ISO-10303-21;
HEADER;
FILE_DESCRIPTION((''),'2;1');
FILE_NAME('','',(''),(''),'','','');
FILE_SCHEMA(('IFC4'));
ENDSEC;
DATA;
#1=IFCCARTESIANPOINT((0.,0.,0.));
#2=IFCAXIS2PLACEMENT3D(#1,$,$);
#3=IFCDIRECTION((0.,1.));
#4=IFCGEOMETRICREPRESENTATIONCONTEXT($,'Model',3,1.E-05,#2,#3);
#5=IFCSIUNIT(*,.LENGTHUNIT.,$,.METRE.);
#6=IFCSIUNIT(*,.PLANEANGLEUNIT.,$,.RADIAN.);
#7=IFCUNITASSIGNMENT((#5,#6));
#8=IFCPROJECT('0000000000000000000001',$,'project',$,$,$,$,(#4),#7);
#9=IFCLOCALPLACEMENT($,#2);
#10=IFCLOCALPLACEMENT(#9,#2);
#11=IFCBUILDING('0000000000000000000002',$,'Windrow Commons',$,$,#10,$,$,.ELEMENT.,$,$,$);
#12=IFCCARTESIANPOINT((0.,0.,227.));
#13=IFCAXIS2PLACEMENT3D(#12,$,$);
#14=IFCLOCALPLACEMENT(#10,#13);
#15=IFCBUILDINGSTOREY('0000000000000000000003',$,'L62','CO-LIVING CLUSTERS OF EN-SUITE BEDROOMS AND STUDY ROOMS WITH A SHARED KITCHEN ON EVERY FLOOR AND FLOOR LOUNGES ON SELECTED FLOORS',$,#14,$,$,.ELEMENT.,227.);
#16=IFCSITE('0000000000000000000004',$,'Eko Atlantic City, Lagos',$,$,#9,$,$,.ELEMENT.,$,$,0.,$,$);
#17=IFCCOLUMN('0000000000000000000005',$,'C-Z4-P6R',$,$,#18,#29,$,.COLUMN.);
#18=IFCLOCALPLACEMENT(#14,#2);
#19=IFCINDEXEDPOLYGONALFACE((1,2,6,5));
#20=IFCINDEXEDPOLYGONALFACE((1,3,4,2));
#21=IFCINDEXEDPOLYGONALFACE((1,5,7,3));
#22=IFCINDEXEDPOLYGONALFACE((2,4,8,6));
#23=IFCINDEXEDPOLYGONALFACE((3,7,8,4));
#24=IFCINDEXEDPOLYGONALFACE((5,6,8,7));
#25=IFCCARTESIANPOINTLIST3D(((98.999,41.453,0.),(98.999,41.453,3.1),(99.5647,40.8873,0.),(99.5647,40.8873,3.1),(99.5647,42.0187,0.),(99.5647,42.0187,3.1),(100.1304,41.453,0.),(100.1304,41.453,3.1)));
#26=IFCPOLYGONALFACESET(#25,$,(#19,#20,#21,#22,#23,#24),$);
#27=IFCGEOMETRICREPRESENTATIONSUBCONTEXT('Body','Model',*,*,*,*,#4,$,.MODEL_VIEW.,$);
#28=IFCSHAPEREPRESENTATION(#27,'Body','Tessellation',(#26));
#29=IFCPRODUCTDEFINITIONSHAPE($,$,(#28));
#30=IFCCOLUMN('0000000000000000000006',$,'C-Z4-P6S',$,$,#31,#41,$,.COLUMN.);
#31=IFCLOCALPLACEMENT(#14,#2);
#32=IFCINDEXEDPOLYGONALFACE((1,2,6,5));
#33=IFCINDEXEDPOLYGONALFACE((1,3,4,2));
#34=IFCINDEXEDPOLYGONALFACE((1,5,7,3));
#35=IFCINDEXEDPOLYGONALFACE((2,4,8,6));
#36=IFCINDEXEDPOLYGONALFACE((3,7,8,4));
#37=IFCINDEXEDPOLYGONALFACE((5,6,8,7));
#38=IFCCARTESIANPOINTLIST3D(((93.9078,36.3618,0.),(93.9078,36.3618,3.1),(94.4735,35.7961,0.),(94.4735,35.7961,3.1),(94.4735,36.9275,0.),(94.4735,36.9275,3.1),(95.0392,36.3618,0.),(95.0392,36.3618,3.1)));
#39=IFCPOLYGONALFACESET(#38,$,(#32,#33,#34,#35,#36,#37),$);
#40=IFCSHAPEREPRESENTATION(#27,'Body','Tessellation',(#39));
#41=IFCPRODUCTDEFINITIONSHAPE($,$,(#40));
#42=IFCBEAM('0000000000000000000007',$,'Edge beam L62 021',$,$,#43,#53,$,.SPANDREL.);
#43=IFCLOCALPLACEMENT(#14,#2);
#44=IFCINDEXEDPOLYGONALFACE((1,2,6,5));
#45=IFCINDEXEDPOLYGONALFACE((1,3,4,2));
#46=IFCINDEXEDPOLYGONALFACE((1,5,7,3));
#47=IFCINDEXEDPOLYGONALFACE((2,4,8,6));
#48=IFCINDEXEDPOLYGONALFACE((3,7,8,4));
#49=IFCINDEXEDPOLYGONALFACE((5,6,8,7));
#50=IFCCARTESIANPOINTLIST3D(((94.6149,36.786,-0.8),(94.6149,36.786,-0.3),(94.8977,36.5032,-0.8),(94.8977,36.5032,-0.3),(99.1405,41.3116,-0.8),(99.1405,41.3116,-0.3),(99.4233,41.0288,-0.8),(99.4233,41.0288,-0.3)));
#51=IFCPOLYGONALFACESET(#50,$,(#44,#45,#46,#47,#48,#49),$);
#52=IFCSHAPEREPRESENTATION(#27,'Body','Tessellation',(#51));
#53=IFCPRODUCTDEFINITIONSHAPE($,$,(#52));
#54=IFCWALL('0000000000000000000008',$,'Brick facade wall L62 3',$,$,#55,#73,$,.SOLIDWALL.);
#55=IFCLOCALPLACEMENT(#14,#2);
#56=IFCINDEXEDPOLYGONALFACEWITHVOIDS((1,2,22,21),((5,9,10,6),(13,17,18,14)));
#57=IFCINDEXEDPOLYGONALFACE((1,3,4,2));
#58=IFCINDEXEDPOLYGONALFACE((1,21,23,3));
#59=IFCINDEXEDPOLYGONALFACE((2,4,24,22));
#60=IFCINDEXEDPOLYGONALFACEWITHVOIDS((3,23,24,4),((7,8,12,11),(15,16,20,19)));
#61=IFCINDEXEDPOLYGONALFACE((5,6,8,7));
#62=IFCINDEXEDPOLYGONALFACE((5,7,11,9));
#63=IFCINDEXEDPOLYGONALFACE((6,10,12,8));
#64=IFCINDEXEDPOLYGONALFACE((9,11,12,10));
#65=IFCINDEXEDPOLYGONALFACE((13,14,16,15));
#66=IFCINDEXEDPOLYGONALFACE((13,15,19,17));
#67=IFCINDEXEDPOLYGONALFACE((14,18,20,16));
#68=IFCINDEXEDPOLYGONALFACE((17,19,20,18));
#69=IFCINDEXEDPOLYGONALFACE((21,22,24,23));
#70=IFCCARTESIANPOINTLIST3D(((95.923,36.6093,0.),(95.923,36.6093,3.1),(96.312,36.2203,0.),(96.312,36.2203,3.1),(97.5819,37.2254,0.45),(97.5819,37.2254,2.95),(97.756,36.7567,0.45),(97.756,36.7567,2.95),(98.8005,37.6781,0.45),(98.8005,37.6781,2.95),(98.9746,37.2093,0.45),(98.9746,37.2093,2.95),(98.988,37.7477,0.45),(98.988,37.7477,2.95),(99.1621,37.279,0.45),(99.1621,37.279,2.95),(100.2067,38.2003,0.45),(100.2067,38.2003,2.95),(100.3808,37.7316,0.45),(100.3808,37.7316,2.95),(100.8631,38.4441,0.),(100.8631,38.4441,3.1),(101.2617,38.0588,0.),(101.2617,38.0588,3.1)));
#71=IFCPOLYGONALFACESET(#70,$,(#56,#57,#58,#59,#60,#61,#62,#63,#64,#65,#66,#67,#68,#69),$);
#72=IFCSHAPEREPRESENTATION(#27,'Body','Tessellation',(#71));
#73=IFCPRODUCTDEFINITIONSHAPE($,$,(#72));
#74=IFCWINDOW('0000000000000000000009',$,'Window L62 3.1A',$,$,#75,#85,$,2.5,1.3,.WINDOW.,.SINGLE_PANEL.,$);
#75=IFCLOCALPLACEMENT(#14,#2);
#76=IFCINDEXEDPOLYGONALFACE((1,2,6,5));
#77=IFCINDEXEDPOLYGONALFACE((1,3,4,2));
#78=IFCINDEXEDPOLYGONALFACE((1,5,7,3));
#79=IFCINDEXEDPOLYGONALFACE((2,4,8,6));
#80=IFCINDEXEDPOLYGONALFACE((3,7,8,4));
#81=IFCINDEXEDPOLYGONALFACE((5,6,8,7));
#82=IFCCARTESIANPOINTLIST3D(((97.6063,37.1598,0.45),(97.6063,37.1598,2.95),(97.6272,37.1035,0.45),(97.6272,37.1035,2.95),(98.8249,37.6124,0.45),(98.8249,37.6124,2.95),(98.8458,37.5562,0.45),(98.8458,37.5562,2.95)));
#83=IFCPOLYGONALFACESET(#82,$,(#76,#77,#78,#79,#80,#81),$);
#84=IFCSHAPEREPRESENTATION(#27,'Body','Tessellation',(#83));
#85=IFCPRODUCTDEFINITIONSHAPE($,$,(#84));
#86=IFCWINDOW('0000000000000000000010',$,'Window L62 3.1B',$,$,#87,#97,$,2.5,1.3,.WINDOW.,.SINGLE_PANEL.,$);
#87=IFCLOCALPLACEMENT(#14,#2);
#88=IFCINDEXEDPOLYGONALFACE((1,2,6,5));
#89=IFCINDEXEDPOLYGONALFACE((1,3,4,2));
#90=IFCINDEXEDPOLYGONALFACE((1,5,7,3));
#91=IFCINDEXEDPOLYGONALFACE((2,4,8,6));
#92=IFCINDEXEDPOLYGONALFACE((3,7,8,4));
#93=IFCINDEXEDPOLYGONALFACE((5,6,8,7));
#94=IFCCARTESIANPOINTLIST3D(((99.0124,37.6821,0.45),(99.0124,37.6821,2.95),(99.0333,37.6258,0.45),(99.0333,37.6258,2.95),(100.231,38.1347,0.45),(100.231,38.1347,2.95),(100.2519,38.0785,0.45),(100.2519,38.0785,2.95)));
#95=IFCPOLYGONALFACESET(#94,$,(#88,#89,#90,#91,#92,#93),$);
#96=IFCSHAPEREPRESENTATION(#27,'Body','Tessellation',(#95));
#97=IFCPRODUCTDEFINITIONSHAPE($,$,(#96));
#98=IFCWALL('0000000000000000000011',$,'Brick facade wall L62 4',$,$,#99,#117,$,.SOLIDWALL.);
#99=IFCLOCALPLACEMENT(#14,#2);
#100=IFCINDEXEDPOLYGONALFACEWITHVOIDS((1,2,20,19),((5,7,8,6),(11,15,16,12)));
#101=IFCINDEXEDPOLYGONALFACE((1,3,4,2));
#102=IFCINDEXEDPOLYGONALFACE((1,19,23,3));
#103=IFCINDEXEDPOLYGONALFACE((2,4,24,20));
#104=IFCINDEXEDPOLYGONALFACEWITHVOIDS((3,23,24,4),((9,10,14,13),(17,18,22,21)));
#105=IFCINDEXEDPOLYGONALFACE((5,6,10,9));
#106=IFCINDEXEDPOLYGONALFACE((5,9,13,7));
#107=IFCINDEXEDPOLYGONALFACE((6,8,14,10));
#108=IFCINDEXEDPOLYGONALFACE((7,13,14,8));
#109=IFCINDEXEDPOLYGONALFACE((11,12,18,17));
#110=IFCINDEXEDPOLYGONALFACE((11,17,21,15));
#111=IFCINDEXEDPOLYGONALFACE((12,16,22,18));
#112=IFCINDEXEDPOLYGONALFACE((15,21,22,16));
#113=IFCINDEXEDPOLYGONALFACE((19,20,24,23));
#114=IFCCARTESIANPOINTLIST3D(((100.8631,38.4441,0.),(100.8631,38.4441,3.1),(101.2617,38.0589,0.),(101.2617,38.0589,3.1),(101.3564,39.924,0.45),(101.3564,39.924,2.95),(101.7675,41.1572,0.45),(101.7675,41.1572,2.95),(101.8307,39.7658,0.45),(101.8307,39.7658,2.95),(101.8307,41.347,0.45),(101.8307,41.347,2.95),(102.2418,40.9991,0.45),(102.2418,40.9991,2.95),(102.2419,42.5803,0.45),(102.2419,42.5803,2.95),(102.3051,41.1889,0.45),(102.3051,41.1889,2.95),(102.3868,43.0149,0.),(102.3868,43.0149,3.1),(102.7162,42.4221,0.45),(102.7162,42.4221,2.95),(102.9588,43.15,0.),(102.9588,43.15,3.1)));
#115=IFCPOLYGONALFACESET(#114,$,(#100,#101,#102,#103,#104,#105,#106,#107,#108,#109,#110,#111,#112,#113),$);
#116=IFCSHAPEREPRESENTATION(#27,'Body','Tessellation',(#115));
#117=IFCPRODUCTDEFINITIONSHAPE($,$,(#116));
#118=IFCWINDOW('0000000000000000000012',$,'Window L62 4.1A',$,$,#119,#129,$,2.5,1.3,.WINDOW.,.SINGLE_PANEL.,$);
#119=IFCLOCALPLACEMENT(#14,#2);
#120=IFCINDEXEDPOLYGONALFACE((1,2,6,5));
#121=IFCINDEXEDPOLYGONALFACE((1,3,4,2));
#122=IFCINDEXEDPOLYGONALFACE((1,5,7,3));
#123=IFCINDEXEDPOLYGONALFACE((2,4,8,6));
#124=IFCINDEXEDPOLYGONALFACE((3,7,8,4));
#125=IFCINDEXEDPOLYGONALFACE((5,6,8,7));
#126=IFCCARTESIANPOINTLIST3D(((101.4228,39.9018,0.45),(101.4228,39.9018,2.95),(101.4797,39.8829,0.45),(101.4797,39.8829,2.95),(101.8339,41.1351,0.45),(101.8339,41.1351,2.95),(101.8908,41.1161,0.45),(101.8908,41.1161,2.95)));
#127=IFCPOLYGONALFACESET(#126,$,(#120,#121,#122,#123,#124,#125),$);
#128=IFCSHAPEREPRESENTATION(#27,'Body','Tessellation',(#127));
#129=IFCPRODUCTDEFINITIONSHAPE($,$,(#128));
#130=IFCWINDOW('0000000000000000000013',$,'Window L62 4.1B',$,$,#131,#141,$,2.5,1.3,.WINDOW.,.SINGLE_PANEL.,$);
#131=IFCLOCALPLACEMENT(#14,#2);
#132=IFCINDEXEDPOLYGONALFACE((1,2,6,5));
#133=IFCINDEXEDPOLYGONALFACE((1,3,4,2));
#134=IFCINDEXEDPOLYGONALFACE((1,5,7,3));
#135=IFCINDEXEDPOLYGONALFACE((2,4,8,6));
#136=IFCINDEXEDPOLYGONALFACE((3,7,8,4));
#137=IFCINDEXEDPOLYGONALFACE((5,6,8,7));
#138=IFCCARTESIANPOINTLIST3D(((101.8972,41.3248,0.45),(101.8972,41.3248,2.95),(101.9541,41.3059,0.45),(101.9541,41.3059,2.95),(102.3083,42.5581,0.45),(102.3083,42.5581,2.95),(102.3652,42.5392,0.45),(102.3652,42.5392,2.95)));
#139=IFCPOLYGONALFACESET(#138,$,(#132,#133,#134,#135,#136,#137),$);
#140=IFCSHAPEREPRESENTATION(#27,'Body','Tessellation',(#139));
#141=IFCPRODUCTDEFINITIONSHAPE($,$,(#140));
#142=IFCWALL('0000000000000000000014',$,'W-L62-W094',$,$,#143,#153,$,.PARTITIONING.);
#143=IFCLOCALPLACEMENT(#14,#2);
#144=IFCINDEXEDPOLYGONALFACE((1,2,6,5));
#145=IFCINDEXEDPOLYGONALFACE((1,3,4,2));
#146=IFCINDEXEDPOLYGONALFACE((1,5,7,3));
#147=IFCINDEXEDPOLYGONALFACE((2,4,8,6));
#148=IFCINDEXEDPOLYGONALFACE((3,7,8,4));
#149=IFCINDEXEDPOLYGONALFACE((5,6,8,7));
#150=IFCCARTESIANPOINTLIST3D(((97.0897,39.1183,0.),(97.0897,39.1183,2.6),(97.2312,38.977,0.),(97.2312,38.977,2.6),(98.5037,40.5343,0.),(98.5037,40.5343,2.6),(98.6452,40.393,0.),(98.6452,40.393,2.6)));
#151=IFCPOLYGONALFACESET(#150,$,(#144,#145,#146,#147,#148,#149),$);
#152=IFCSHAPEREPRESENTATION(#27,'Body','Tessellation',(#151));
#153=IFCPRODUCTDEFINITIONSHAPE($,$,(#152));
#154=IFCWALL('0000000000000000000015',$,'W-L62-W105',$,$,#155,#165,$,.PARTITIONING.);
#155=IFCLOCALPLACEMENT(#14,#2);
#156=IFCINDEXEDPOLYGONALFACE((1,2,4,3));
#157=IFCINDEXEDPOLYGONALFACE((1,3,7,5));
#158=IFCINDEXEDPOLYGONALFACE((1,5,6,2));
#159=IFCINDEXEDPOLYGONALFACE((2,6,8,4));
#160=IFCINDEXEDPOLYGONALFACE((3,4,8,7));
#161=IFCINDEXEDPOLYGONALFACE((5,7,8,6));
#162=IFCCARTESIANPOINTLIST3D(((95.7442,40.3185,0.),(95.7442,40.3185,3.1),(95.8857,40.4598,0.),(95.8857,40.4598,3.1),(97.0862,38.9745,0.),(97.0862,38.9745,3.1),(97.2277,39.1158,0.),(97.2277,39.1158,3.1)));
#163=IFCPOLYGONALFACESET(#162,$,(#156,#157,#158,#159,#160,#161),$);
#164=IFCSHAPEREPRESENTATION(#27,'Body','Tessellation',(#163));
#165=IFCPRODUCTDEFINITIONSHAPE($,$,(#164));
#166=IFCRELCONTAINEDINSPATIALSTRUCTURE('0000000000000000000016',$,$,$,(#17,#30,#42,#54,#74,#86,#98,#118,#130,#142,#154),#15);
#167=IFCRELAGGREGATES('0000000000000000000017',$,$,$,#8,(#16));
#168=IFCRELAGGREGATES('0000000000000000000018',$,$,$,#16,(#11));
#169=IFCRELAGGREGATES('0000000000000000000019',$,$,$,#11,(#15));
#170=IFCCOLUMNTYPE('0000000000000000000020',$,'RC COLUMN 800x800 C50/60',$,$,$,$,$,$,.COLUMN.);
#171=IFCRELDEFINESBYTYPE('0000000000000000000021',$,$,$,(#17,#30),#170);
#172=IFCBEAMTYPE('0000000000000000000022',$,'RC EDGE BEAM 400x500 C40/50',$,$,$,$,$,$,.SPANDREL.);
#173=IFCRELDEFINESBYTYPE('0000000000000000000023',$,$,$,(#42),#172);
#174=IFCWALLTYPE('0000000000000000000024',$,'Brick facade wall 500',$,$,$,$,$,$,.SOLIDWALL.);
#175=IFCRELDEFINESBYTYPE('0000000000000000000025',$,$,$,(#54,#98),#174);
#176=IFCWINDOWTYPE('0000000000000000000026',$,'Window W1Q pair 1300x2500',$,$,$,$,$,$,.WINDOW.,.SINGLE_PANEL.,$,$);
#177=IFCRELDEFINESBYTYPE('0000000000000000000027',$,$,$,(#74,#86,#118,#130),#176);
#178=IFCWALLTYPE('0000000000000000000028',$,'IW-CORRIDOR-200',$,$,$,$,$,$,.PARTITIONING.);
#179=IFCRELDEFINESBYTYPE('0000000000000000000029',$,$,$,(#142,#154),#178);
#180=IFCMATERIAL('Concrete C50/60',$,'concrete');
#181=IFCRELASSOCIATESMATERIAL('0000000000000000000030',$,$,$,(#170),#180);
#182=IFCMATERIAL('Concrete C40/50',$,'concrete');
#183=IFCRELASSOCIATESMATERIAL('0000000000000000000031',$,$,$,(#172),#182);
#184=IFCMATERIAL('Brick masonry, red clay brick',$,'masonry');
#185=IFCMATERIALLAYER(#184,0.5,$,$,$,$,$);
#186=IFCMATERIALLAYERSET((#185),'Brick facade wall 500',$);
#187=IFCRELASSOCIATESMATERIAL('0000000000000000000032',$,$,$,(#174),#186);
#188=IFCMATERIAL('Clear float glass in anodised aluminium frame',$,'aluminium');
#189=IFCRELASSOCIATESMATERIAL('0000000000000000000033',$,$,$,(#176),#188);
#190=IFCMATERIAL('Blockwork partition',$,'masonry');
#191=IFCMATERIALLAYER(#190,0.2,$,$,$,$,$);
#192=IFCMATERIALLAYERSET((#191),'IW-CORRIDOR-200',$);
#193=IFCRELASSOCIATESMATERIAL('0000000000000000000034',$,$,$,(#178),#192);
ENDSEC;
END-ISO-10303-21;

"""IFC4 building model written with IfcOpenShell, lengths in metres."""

from ifc_helpers import new_model, si_unit, direction, frame, frame_2d, origin, origin_2d, place, context, subcontext, project, spatial, polyline, rectangle, outline, extrude, material, layer, layer_set, material_profile, profile_set, type_object, element, fill, save


model = new_model("IFC4")

# Units and contexts
model_context = context("Model", 3, precision=1e-05, world=origin(), true_north=direction((0.0, 1.0)))
body_context = subcontext(model_context, "Body", "Model", "MODEL_VIEW")
ifc_project = project(units=[si_unit("LENGTHUNIT", "METRE"), si_unit("PLANEANGLEUNIT", "RADIAN")], contexts=[model_context])

# Site, building, storey
site_placement = place(None, origin())
site = spatial("IfcSite", under=ifc_project, at=site_placement, Name="Eko Atlantic City, Lagos", CompositionType="ELEMENT", RefElevation=0.0)
building_placement = place(site_placement, origin())
building = spatial("IfcBuilding", under=site, at=building_placement, Name="Windrow Commons", CompositionType="ELEMENT")
storey_placement = place(building_placement, frame((0.0, 0.0, 227.0)))
storey = spatial("IfcBuildingStorey", under=building, at=storey_placement, Name="L62", Description="CO-LIVING CLUSTERS OF EN-SUITE BEDROOMS AND STUDY ROOMS WITH A SHARED KITCHEN ON EVERY FLOOR AND FLOOR LOUNGES ON SELECTED FLOORS", CompositionType="ELEMENT", Elevation=227.0)

# Columns
ifc_material_1 = material(Name="Concrete C50/60", Category="concrete")
ifc_material_profile_1 = material_profile(ifc_material_1, rectangle(XDim=0.8, YDim=0.8, at=origin_2d()))
ifc_profile_set_1 = profile_set([ifc_material_profile_1], Name="Concrete C50/60")
column_type = type_object("IfcColumnType", Name="RC COLUMN 800x800 C50/60", PredefinedType="COLUMN", material=ifc_profile_set_1)
for number, where, z_axis, x_axis, name in (
    (1, (99.5647, 41.453, 0.0), (0.0, 0.0, 1.0), (0.707107, -0.707107, 0.0), "C-Z4-P6R"),
    (2, (94.4735, 36.3618, 0.0), (0.0, 0.0, 1.0), (0.707107, -0.707107, 0.0), "C-Z4-P6S"),
):
    element("IfcColumn", number, at=place(storey_placement, frame(where, z_axis=z_axis, x_axis=x_axis)), inside=storey, type_object=column_type, Name=name, PredefinedType="COLUMN", context=body_context, shape_type="SweptSolid", body=[
        extrude(rectangle(XDim=0.8, YDim=0.8, at=origin_2d()), origin(), (0.0, 0.0, 1.0), 3.1),
    ])

# Beam
ifc_material_2 = material(Name="Concrete C40/50", Category="concrete")
ifc_material_profile_2 = material_profile(ifc_material_2, rectangle(XDim=0.4, YDim=0.5, at=origin_2d()))
ifc_profile_set_2 = profile_set([ifc_material_profile_2], Name="Concrete C40/50")
beam_type = type_object("IfcBeamType", Name="RC EDGE BEAM 400x500 C40/50", PredefinedType="SPANDREL", material=ifc_profile_set_2)
beam_placement = place(storey_placement, frame((99.2819, 41.1702, -0.55), z_axis=(-0.707107, -0.707107, 0.0), x_axis=(0.707107, -0.707107, 0.0)))
element("IfcBeam", 3, at=beam_placement, inside=storey, type_object=beam_type, Name="Edge beam L62 021", PredefinedType="SPANDREL", context=body_context, shape_type="SweptSolid", body=[
    extrude(rectangle(XDim=0.4, YDim=0.5, at=origin_2d()), origin(), (0.0, 0.0, 1.0), 6.4002),
])

# Walls, openings, windows
ifc_material_3 = material(Name="Brick masonry, red clay brick", Category="masonry")
ifc_layer_1 = layer(ifc_material_3, 0.5)
ifc_layer_set_1 = layer_set([ifc_layer_1], Name="Brick facade wall 500")
wall_type_1 = type_object("IfcWallType", Name="Brick facade wall 500", PredefinedType="SOLIDWALL", material=ifc_layer_set_1)
wall_1_placement = place(storey_placement, frame((96.1175, 36.4148, 0.0), z_axis=(0.0, 0.0, 1.0), x_axis=(0.937424, 0.34819, 0.0)))
wall_1 = element("IfcWall", 4, at=wall_1_placement, inside=storey, type_object=wall_type_1, Name="Brick facade wall L62 3", PredefinedType="SOLIDWALL", context=body_context, shape_type="SweptSolid", body=[
    extrude(outline(polyline([(0.1146, -0.25), (5.3947, -0.25), (5.1552, 0.25), (-0.1146, 0.25), (0.1146, -0.25)])), origin(), (0.0, 0.0, 1.0), 3.1),
])
opening_1_placement = place(wall_1_placement, frame((1.655, 0.0, 0.45)))
opening_1 = element("IfcOpeningElement", 5, at=opening_1_placement, cuts=wall_1, PredefinedType="OPENING", context=body_context, shape_type="SweptSolid", body=[
    extrude(rectangle(XDim=1.3, YDim=2.5, at=frame_2d((0.65, 1.25))), frame((0.0, 0.26, 0.0), z_axis=(0.0, -1.0, 0.0), x_axis=(1.0, 0.0, 0.0)), (0.0, 0.0, 1.0), 0.52),
])
opening_2_placement = place(wall_1_placement, frame((3.155, 0.0, 0.45)))
opening_2 = element("IfcOpeningElement", 6, at=opening_2_placement, cuts=wall_1, PredefinedType="OPENING", context=body_context, shape_type="SweptSolid", body=[
    extrude(rectangle(XDim=1.3, YDim=2.5, at=frame_2d((0.65, 1.25))), frame((0.0, 0.26, 0.0), z_axis=(0.0, -1.0, 0.0), x_axis=(1.0, 0.0, 0.0)), (0.0, 0.0, 1.0), 0.52),
])
ifc_material_4 = material(Name="Clear float glass in anodised aluminium frame", Category="aluminium")
window_type = type_object("IfcWindowType", Name="Window W1Q pair 1300x2500", PartitioningType="SINGLE_PANEL", PredefinedType="WINDOW", material=ifc_material_4)
window_1_placement = place(opening_1_placement, origin())
window_1 = element("IfcWindow", 7, at=window_1_placement, inside=storey, type_object=window_type, Name="Window L62 3.1A", OverallHeight=2.5, OverallWidth=1.3, PartitioningType="SINGLE_PANEL", PredefinedType="WINDOW", context=body_context, shape_type="SweptSolid", body=[
    extrude(rectangle(XDim=1.3, YDim=2.5, at=frame_2d((0.65, 1.25))), frame((0.0, 0.18, 0.0), z_axis=(0.0, -1.0, 0.0), x_axis=(1.0, 0.0, 0.0)), (0.0, 0.0, 1.0), 0.06),
])
fill(opening_1, window_1)
window_2_placement = place(opening_2_placement, origin())
window_2 = element("IfcWindow", 8, at=window_2_placement, inside=storey, type_object=window_type, Name="Window L62 3.1B", OverallHeight=2.5, OverallWidth=1.3, PartitioningType="SINGLE_PANEL", PredefinedType="WINDOW", context=body_context, shape_type="SweptSolid", body=[
    extrude(rectangle(XDim=1.3, YDim=2.5, at=frame_2d((0.65, 1.25))), frame((0.0, 0.18, 0.0), z_axis=(0.0, -1.0, 0.0), x_axis=(1.0, 0.0, 0.0)), (0.0, 0.0, 1.0), 0.06),
])
fill(opening_2, window_2)
wall_2_placement = place(storey_placement, frame((101.0624, 38.2515, 0.0), z_axis=(0.0, 0.0, 1.0), x_axis=(0.31624, 0.948679, 0.0)))
wall_2 = element("IfcWall", 9, at=wall_2_placement, inside=storey, type_object=wall_type_1, Name="Brick facade wall L62 4", PredefinedType="SOLIDWALL", context=body_context, shape_type="SweptSolid", body=[
    extrude(outline(polyline([(-0.1197, -0.25), (5.2468, -0.25), (4.9378, 0.25), (0.1197, 0.25), (-0.1197, -0.25)])), origin(), (0.0, 0.0, 1.0), 3.1),
])
opening_3_placement = place(wall_2_placement, frame((1.6796, 0.0, 0.45)))
opening_3 = element("IfcOpeningElement", 10, at=opening_3_placement, cuts=wall_2, PredefinedType="OPENING", context=body_context, shape_type="SweptSolid", body=[
    extrude(rectangle(XDim=1.3, YDim=2.5, at=frame_2d((0.65, 1.25))), frame((0.0, 0.26, 0.0), z_axis=(0.0, -1.0, 0.0), x_axis=(1.0, 0.0, 0.0)), (0.0, 0.0, 1.0), 0.52),
])
opening_4_placement = place(wall_2_placement, frame((3.1796, 0.0, 0.45)))
opening_4 = element("IfcOpeningElement", 11, at=opening_4_placement, cuts=wall_2, PredefinedType="OPENING", context=body_context, shape_type="SweptSolid", body=[
    extrude(rectangle(XDim=1.3, YDim=2.5, at=frame_2d((0.65, 1.25))), frame((0.0, 0.26, 0.0), z_axis=(0.0, -1.0, 0.0), x_axis=(1.0, 0.0, 0.0)), (0.0, 0.0, 1.0), 0.52),
])
window_3_placement = place(opening_3_placement, origin())
window_3 = element("IfcWindow", 12, at=window_3_placement, inside=storey, type_object=window_type, Name="Window L62 4.1A", OverallHeight=2.5, OverallWidth=1.3, PartitioningType="SINGLE_PANEL", PredefinedType="WINDOW", context=body_context, shape_type="SweptSolid", body=[
    extrude(rectangle(XDim=1.3, YDim=2.5, at=frame_2d((0.65, 1.25))), frame((0.0, 0.18, 0.0), z_axis=(0.0, -1.0, 0.0), x_axis=(1.0, 0.0, 0.0)), (0.0, 0.0, 1.0), 0.06),
])
fill(opening_3, window_3)
window_4_placement = place(opening_4_placement, origin())
window_4 = element("IfcWindow", 13, at=window_4_placement, inside=storey, type_object=window_type, Name="Window L62 4.1B", OverallHeight=2.5, OverallWidth=1.3, PartitioningType="SINGLE_PANEL", PredefinedType="WINDOW", context=body_context, shape_type="SweptSolid", body=[
    extrude(rectangle(XDim=1.3, YDim=2.5, at=frame_2d((0.65, 1.25))), frame((0.0, 0.18, 0.0), z_axis=(0.0, -1.0, 0.0), x_axis=(1.0, 0.0, 0.0)), (0.0, 0.0, 1.0), 0.06),
])
fill(opening_4, window_4)

# Walls
ifc_material_5 = material(Name="Blockwork partition", Category="masonry")
ifc_layer_2 = layer(ifc_material_5, 0.2)
ifc_layer_set_2 = layer_set([ifc_layer_2], Name="IW-CORRIDOR-200")
wall_type_2 = type_object("IfcWallType", Name="IW-CORRIDOR-200", PredefinedType="PARTITIONING", material=ifc_layer_set_2)
wall_3_placement = place(storey_placement, frame((97.1604, 39.0476, 0.0), z_axis=(0.0, 0.0, 1.0), x_axis=(0.706607, 0.707606, 0.0)))
element("IfcWall", 14, at=wall_3_placement, inside=storey, type_object=wall_type_2, Name="W-L62-W094", PredefinedType="PARTITIONING", context=body_context, shape_type="SweptSolid", body=[
    extrude(rectangle(XDim=2.0011, YDim=0.2, at=frame_2d((1.0006, 0.0))), origin(), (0.0, 0.0, 1.0), 2.6),
])
wall_4_placement = place(storey_placement, frame((95.815, 40.3891, 0.0), z_axis=(0.0, 0.0, 1.0), x_axis=(0.70658, -0.707633, 0.0)))
element("IfcWall", 15, at=wall_4_placement, inside=storey, type_object=wall_type_2, Name="W-L62-W105", PredefinedType="PARTITIONING", context=body_context, shape_type="SweptSolid", body=[
    extrude(rectangle(XDim=1.8993, YDim=0.2, at=frame_2d((0.9496, 0.0))), origin(), (0.0, 0.0, 1.0), 3.1),
])

save(model, "model.ifc")
